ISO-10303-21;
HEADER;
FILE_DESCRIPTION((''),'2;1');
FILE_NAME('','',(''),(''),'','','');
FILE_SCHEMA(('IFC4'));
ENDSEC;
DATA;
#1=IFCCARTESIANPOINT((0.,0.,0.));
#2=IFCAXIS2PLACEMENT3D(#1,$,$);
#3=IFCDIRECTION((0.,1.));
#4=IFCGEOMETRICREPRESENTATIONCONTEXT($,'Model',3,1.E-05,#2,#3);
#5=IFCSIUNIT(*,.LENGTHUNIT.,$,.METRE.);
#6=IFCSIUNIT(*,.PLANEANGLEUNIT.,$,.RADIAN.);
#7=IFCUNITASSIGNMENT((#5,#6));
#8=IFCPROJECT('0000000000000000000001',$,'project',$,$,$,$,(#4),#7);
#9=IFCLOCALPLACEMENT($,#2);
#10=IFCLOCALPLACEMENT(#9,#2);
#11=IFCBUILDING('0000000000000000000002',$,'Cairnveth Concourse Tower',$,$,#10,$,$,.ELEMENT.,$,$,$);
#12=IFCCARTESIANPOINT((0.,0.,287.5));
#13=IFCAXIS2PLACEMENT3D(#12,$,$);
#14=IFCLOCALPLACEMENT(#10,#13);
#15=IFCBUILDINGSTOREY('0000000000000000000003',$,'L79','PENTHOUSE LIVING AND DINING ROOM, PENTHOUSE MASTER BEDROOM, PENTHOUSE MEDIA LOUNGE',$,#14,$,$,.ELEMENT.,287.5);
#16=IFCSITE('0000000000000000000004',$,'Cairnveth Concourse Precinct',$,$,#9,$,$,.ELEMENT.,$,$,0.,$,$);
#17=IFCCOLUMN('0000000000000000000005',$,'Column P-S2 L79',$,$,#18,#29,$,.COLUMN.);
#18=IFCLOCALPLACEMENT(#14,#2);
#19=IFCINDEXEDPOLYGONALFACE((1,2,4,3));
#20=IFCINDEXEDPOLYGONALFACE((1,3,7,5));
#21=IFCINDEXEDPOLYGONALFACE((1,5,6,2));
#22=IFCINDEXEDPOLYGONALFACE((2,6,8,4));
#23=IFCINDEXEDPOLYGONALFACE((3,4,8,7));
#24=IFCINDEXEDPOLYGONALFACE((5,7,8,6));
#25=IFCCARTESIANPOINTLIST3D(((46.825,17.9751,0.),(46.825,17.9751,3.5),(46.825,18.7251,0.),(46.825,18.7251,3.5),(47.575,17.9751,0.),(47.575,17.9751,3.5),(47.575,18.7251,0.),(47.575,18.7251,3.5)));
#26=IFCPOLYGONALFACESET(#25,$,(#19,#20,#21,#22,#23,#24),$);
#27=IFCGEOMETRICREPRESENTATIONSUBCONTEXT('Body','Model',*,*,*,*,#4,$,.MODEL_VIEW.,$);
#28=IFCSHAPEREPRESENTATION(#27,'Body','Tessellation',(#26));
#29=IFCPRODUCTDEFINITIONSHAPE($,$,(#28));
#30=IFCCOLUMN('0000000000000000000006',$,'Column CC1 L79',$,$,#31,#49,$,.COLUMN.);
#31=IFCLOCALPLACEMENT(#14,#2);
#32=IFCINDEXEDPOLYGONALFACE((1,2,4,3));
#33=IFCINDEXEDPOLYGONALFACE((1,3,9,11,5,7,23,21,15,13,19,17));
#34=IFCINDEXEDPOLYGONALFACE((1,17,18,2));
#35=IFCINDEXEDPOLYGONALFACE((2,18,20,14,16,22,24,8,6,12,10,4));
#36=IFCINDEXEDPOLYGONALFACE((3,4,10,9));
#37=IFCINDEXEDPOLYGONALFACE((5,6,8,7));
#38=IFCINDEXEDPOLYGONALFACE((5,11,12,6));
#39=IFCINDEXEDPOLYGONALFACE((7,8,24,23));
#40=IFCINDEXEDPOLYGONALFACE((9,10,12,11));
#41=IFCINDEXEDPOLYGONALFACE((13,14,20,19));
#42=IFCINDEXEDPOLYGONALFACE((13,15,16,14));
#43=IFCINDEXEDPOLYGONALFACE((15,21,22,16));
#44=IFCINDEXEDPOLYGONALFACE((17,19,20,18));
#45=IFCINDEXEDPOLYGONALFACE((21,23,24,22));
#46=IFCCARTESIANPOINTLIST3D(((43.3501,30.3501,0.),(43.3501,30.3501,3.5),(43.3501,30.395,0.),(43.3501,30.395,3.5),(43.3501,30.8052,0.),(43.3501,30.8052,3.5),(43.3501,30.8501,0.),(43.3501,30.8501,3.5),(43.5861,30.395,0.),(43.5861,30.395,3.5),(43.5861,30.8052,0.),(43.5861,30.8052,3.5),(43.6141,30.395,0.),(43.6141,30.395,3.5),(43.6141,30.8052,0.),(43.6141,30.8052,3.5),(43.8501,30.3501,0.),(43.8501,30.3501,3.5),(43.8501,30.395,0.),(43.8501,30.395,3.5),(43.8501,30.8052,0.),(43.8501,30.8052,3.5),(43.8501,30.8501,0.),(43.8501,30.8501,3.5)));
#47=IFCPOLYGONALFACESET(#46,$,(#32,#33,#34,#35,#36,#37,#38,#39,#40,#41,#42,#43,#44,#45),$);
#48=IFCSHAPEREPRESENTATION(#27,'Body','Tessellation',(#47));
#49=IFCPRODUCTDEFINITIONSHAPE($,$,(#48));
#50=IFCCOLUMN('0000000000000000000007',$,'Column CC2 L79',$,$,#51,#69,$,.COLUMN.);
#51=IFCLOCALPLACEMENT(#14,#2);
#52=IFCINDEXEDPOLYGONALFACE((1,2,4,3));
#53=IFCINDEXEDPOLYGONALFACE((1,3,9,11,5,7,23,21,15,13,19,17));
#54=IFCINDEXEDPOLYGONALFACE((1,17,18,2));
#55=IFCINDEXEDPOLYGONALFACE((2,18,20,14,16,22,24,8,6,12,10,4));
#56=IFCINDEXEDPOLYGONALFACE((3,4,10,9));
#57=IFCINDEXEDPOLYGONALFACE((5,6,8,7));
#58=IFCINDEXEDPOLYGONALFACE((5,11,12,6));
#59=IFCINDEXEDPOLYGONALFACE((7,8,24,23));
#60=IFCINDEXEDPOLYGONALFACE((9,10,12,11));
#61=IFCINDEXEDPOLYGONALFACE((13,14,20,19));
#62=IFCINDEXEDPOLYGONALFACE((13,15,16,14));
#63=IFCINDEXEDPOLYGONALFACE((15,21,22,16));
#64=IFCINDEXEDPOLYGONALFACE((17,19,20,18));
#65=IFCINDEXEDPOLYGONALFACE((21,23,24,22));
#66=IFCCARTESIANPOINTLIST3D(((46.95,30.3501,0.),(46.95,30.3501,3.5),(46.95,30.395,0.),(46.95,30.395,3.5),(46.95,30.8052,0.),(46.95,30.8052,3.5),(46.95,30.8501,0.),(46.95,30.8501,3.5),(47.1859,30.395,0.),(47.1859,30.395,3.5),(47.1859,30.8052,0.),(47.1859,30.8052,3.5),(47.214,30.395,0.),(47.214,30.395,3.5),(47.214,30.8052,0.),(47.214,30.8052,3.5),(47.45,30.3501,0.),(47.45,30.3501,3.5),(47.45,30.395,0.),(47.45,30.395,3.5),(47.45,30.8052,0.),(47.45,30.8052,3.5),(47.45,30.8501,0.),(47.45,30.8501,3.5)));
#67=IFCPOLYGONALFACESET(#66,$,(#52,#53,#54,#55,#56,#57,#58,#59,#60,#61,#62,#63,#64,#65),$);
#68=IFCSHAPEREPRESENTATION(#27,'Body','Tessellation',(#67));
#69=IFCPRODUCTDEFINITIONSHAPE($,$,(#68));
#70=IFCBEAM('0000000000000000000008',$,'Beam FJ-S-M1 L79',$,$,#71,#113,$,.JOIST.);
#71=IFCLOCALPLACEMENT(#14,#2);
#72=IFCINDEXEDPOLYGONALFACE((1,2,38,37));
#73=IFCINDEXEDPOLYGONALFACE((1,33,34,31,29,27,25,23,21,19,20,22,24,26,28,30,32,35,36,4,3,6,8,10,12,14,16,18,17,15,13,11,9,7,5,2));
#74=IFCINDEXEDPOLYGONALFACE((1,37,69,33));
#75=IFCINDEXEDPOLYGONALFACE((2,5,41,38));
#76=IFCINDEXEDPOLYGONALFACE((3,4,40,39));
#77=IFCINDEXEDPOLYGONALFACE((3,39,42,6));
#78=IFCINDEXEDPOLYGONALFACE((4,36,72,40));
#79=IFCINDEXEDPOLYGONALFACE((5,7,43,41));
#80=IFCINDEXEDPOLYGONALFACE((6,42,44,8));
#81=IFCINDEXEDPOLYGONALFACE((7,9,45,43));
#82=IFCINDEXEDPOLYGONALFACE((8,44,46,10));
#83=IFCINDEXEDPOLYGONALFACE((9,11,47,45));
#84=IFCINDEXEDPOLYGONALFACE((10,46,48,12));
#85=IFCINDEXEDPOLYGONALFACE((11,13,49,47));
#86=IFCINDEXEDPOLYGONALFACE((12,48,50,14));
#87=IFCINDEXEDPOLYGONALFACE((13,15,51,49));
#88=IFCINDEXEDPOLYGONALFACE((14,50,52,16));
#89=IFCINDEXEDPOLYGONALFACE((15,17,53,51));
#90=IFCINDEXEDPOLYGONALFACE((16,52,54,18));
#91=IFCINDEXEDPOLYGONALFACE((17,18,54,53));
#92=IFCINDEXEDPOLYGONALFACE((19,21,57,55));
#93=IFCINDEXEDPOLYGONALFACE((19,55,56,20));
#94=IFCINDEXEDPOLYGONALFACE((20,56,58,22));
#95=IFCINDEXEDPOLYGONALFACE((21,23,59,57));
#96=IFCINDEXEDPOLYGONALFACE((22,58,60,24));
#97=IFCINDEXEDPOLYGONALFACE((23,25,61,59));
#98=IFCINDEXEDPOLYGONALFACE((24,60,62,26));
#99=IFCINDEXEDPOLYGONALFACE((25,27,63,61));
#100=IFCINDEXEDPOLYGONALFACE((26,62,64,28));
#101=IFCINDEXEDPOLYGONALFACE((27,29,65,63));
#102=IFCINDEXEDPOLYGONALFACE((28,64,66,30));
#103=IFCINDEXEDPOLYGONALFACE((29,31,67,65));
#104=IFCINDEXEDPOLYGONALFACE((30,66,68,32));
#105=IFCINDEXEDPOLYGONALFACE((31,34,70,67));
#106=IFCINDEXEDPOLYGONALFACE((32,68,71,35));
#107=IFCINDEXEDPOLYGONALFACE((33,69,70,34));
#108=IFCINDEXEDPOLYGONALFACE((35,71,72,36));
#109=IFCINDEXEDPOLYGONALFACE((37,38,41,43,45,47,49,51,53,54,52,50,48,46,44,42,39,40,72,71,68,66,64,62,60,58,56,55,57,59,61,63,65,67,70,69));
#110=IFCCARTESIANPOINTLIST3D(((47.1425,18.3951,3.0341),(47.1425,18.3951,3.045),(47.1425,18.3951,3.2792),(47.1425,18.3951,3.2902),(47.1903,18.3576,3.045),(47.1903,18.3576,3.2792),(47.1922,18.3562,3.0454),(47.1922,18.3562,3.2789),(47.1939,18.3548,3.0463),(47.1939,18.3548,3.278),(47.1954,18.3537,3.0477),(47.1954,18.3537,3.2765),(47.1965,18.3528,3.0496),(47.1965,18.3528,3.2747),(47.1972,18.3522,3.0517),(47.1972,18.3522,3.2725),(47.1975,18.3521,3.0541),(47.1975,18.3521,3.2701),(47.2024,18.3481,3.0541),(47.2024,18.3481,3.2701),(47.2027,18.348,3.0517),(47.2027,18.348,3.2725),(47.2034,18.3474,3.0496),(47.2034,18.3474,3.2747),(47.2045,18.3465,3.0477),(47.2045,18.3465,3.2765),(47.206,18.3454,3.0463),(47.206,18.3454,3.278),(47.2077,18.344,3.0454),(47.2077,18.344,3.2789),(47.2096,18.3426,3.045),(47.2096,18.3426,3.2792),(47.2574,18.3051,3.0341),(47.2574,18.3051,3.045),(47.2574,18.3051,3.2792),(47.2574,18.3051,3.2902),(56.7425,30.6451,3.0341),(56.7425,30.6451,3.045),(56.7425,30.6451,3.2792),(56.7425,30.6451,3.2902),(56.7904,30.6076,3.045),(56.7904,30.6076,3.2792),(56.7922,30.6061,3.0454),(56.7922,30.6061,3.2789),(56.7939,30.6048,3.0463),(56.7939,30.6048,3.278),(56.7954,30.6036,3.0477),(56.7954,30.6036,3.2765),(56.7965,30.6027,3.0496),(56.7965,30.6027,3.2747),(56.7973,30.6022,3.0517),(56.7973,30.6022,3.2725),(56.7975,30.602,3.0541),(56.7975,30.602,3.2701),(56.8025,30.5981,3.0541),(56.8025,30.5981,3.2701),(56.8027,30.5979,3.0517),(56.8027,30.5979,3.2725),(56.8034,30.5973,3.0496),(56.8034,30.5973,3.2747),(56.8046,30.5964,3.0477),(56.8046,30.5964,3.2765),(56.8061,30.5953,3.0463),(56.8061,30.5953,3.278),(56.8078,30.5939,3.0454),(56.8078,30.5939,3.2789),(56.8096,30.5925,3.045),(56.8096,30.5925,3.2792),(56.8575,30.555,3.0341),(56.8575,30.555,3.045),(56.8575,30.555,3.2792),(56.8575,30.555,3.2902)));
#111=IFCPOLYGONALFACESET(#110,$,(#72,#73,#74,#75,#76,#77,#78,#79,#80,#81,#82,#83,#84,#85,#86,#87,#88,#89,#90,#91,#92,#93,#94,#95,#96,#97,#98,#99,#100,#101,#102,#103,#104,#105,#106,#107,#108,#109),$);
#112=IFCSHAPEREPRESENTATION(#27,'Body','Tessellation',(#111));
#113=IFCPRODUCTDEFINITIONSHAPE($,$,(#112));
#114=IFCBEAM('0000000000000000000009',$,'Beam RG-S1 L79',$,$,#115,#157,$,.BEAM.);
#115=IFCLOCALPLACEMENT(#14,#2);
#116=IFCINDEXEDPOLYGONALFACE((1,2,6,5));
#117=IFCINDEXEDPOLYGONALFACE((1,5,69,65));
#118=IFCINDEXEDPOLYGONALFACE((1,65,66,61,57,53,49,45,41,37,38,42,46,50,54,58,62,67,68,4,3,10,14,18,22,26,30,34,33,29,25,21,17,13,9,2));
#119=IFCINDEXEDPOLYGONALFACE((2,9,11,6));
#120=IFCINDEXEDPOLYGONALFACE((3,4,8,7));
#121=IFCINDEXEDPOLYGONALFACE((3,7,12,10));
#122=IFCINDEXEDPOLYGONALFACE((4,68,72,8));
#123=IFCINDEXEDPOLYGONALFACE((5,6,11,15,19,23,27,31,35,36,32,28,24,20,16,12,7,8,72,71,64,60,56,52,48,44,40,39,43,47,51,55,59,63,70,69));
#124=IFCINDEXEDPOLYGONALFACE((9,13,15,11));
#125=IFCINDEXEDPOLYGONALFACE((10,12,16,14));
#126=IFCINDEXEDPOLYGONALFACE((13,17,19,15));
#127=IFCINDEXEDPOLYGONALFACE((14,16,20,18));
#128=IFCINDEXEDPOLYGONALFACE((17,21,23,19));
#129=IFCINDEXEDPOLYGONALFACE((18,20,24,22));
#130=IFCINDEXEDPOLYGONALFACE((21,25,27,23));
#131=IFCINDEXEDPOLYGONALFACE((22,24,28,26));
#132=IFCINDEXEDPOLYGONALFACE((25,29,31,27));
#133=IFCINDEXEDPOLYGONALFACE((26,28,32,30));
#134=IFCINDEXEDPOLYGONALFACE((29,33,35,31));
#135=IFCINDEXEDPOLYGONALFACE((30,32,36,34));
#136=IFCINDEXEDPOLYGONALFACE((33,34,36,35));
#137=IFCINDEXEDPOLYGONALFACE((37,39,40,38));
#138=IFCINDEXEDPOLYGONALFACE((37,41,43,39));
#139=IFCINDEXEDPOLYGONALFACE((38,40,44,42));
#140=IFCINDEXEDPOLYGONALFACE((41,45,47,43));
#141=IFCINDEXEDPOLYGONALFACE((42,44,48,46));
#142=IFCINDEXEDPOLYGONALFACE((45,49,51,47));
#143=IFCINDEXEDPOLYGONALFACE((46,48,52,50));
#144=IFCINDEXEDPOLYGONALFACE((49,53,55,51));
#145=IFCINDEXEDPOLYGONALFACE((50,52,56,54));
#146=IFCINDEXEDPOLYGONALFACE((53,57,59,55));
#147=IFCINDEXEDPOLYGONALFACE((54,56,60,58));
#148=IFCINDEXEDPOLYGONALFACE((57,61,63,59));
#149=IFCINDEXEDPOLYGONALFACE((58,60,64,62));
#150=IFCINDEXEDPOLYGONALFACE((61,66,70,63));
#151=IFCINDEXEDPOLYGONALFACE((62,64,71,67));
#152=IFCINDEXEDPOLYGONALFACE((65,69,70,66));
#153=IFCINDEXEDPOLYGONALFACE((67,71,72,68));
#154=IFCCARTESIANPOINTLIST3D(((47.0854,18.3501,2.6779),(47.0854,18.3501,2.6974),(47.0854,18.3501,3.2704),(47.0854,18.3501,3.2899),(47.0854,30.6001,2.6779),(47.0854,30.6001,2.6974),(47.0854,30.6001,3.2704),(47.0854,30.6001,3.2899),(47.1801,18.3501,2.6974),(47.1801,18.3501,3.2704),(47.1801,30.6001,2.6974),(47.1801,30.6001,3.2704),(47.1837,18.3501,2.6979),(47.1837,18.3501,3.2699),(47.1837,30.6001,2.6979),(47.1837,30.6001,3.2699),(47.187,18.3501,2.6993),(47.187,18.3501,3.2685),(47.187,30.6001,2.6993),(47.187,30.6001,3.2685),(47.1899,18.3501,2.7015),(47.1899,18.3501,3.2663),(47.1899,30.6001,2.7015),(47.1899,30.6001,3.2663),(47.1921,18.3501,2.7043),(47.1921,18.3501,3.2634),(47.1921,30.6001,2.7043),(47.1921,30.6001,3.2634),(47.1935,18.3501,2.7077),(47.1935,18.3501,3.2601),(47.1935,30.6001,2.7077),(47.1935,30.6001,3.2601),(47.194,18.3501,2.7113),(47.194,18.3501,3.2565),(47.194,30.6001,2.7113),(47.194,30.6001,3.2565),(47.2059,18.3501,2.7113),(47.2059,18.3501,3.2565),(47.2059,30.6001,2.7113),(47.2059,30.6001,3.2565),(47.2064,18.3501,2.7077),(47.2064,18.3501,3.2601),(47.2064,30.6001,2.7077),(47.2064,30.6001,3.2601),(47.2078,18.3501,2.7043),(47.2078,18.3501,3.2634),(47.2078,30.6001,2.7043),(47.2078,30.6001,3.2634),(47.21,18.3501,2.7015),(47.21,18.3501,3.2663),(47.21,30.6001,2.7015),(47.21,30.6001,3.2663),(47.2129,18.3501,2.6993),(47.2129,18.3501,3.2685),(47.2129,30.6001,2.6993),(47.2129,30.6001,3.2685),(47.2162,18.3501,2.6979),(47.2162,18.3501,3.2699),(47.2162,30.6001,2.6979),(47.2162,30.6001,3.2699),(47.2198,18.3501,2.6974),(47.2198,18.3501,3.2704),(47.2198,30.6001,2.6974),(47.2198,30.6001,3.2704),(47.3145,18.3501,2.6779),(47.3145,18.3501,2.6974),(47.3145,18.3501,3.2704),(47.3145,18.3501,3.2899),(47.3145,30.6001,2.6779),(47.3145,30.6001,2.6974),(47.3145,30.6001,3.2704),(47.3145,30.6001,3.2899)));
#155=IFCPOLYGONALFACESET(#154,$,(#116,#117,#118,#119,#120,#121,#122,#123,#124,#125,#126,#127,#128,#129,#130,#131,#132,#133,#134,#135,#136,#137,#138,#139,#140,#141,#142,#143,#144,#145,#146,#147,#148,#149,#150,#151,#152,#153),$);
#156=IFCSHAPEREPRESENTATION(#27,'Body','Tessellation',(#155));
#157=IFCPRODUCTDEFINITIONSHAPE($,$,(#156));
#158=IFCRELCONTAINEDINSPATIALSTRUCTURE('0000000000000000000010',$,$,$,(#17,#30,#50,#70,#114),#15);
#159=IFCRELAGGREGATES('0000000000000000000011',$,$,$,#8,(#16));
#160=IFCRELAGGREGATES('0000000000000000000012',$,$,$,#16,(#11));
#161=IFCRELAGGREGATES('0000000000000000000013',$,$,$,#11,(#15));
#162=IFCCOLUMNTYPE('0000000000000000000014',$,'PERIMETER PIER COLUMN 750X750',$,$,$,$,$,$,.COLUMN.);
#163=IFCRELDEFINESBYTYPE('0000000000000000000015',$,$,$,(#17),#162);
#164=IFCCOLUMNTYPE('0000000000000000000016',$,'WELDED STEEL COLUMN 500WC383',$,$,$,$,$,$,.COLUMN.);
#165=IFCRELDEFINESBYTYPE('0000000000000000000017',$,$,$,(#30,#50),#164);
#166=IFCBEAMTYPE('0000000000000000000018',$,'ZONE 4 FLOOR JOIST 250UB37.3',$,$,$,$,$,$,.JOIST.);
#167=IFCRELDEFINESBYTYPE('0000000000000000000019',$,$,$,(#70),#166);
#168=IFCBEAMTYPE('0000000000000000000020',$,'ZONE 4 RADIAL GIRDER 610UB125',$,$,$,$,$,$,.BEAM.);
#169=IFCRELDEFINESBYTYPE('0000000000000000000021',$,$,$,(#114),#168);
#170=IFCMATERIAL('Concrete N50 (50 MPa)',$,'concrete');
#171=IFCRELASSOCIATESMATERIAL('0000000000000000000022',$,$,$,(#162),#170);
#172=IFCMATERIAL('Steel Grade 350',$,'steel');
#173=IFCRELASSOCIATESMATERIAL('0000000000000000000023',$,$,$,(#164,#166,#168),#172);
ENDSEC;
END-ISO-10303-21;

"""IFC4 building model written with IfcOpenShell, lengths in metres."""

from ifc_helpers import new_model, si_unit, direction, frame, origin, origin_2d, place, context, subcontext, project, spatial, rectangle, i_section, extrude, material, material_profile, profile_set, type_object, element, save


model = new_model("IFC4")

# Units and contexts
model_context = context("Model", 3, precision=1e-05, world=origin(), true_north=direction((0.0, 1.0)))
body_context = subcontext(model_context, "Body", "Model", "MODEL_VIEW")
ifc_project = project(units=[si_unit("LENGTHUNIT", "METRE"), si_unit("PLANEANGLEUNIT", "RADIAN")], contexts=[model_context])

# Site, building, storey
site_placement = place(None, origin())
site = spatial("IfcSite", under=ifc_project, at=site_placement, Name="Cairnveth Concourse Precinct", CompositionType="ELEMENT", RefElevation=0.0)
building_placement = place(site_placement, origin())
building = spatial("IfcBuilding", under=site, at=building_placement, Name="Cairnveth Concourse Tower", CompositionType="ELEMENT")
storey_placement = place(building_placement, frame((0.0, 0.0, 287.5)))
storey = spatial("IfcBuildingStorey", under=building, at=storey_placement, Name="L79", Description="PENTHOUSE LIVING AND DINING ROOM, PENTHOUSE MASTER BEDROOM, PENTHOUSE MEDIA LOUNGE", CompositionType="ELEMENT", Elevation=287.5)

# Columns
ifc_material_1 = material(Name="Concrete N50 (50 MPa)", Category="concrete")
ifc_material_profile_1 = material_profile(ifc_material_1, rectangle(XDim=0.75, YDim=0.75, at=origin_2d()), Name="RC-COL-750x750")
ifc_profile_set_1 = profile_set([ifc_material_profile_1], Name="Concrete N50 (50 MPa)")
column_type_1 = type_object("IfcColumnType", Name="PERIMETER PIER COLUMN 750X750", PredefinedType="COLUMN", material=ifc_profile_set_1)
column_placement = place(storey_placement, frame((47.2, 18.3501, 0.0), z_axis=(0.0, 0.0, 1.0), x_axis=(1.0, 0.0, 0.0)))
element("IfcColumn", 1, at=column_placement, inside=storey, type_object=column_type_1, Name="Column P-S2 L79", PredefinedType="COLUMN", context=body_context, shape_type="SweptSolid", body=[
    extrude(rectangle(XDim=0.75, YDim=0.75, at=origin_2d()), origin(), (0.0, 0.0, 1.0), 3.5),
])
ifc_material_2 = material(Name="Steel Grade 350", Category="steel")
ifc_material_profile_2 = material_profile(ifc_material_2, i_section(OverallWidth=0.5, OverallDepth=0.5, WebThickness=0.0281, FlangeThickness=0.0449, at=origin_2d()), Name="500WC383")
ifc_profile_set_2 = profile_set([ifc_material_profile_2], Name="Steel Grade 350")
column_type_2 = type_object("IfcColumnType", Name="WELDED STEEL COLUMN 500WC383", PredefinedType="COLUMN", material=ifc_profile_set_2)
for number, where, z_axis, x_axis, name in (
    (2, (43.6001, 30.6001, 0.0), (0.0, 0.0, 1.0), (1.0, 0.0, 0.0), "Column CC1 L79"),
    (3, (47.2, 30.6001, 0.0), (0.0, 0.0, 1.0), (1.0, 0.0, 0.0), "Column CC2 L79"),
):
    element("IfcColumn", number, at=place(storey_placement, frame(where, z_axis=z_axis, x_axis=x_axis)), inside=storey, type_object=column_type_2, Name=name, PredefinedType="COLUMN", context=body_context, shape_type="SweptSolid", body=[
        extrude(i_section(OverallWidth=0.5, OverallDepth=0.5, WebThickness=0.0281, FlangeThickness=0.0449, at=origin_2d()), origin(), (0.0, 0.0, 1.0), 3.5),
    ])

# Beams
ifc_material_profile_3 = material_profile(ifc_material_2, i_section(OverallWidth=0.146, OverallDepth=0.2561, WebThickness=0.0063, FlangeThickness=0.011, FilletRadius=0.009, at=origin_2d()), Name="250UB37.3")
ifc_profile_set_3 = profile_set([ifc_material_profile_3], Name="Steel Grade 350")
beam_type_1 = type_object("IfcBeamType", Name="ZONE 4 FLOOR JOIST 250UB37.3", PredefinedType="JOIST", material=ifc_profile_set_3)
beam_1_placement = place(storey_placement, frame((47.2, 18.3501, 3.1621), z_axis=(0.616832, 0.787095, 0.0), x_axis=(-0.787095, 0.616832, 0.0)))
element("IfcBeam", 4, at=beam_1_placement, inside=storey, type_object=beam_type_1, Name="Beam FJ-S-M1 L79", PredefinedType="JOIST", context=body_context, shape_type="SweptSolid", body=[
    extrude(i_section(OverallWidth=0.146, OverallDepth=0.2561, WebThickness=0.0063, FlangeThickness=0.011, FilletRadius=0.009, at=origin_2d()), origin(), (0.0, 0.0, 1.0), 15.5635),
])
ifc_material_profile_4 = material_profile(ifc_material_2, i_section(OverallWidth=0.229, OverallDepth=0.6121, WebThickness=0.012, FlangeThickness=0.0195, FilletRadius=0.0139, at=origin_2d()), Name="610UB125")
ifc_profile_set_4 = profile_set([ifc_material_profile_4], Name="Steel Grade 350")
beam_type_2 = type_object("IfcBeamType", Name="ZONE 4 RADIAL GIRDER 610UB125", PredefinedType="BEAM", material=ifc_profile_set_4)
beam_2_placement = place(storey_placement, frame((47.2, 18.3501, 2.9839), z_axis=(0.0, 1.0, 0.0), x_axis=(-1.0, 0.0, 0.0)))
element("IfcBeam", 5, at=beam_2_placement, inside=storey, type_object=beam_type_2, Name="Beam RG-S1 L79", PredefinedType="BEAM", context=body_context, shape_type="SweptSolid", body=[
    extrude(i_section(OverallWidth=0.229, OverallDepth=0.6121, WebThickness=0.012, FlangeThickness=0.0195, FilletRadius=0.0139, at=origin_2d()), origin(), (0.0, 0.0, 1.0), 12.25),
])

save(model, "model.ifc")
